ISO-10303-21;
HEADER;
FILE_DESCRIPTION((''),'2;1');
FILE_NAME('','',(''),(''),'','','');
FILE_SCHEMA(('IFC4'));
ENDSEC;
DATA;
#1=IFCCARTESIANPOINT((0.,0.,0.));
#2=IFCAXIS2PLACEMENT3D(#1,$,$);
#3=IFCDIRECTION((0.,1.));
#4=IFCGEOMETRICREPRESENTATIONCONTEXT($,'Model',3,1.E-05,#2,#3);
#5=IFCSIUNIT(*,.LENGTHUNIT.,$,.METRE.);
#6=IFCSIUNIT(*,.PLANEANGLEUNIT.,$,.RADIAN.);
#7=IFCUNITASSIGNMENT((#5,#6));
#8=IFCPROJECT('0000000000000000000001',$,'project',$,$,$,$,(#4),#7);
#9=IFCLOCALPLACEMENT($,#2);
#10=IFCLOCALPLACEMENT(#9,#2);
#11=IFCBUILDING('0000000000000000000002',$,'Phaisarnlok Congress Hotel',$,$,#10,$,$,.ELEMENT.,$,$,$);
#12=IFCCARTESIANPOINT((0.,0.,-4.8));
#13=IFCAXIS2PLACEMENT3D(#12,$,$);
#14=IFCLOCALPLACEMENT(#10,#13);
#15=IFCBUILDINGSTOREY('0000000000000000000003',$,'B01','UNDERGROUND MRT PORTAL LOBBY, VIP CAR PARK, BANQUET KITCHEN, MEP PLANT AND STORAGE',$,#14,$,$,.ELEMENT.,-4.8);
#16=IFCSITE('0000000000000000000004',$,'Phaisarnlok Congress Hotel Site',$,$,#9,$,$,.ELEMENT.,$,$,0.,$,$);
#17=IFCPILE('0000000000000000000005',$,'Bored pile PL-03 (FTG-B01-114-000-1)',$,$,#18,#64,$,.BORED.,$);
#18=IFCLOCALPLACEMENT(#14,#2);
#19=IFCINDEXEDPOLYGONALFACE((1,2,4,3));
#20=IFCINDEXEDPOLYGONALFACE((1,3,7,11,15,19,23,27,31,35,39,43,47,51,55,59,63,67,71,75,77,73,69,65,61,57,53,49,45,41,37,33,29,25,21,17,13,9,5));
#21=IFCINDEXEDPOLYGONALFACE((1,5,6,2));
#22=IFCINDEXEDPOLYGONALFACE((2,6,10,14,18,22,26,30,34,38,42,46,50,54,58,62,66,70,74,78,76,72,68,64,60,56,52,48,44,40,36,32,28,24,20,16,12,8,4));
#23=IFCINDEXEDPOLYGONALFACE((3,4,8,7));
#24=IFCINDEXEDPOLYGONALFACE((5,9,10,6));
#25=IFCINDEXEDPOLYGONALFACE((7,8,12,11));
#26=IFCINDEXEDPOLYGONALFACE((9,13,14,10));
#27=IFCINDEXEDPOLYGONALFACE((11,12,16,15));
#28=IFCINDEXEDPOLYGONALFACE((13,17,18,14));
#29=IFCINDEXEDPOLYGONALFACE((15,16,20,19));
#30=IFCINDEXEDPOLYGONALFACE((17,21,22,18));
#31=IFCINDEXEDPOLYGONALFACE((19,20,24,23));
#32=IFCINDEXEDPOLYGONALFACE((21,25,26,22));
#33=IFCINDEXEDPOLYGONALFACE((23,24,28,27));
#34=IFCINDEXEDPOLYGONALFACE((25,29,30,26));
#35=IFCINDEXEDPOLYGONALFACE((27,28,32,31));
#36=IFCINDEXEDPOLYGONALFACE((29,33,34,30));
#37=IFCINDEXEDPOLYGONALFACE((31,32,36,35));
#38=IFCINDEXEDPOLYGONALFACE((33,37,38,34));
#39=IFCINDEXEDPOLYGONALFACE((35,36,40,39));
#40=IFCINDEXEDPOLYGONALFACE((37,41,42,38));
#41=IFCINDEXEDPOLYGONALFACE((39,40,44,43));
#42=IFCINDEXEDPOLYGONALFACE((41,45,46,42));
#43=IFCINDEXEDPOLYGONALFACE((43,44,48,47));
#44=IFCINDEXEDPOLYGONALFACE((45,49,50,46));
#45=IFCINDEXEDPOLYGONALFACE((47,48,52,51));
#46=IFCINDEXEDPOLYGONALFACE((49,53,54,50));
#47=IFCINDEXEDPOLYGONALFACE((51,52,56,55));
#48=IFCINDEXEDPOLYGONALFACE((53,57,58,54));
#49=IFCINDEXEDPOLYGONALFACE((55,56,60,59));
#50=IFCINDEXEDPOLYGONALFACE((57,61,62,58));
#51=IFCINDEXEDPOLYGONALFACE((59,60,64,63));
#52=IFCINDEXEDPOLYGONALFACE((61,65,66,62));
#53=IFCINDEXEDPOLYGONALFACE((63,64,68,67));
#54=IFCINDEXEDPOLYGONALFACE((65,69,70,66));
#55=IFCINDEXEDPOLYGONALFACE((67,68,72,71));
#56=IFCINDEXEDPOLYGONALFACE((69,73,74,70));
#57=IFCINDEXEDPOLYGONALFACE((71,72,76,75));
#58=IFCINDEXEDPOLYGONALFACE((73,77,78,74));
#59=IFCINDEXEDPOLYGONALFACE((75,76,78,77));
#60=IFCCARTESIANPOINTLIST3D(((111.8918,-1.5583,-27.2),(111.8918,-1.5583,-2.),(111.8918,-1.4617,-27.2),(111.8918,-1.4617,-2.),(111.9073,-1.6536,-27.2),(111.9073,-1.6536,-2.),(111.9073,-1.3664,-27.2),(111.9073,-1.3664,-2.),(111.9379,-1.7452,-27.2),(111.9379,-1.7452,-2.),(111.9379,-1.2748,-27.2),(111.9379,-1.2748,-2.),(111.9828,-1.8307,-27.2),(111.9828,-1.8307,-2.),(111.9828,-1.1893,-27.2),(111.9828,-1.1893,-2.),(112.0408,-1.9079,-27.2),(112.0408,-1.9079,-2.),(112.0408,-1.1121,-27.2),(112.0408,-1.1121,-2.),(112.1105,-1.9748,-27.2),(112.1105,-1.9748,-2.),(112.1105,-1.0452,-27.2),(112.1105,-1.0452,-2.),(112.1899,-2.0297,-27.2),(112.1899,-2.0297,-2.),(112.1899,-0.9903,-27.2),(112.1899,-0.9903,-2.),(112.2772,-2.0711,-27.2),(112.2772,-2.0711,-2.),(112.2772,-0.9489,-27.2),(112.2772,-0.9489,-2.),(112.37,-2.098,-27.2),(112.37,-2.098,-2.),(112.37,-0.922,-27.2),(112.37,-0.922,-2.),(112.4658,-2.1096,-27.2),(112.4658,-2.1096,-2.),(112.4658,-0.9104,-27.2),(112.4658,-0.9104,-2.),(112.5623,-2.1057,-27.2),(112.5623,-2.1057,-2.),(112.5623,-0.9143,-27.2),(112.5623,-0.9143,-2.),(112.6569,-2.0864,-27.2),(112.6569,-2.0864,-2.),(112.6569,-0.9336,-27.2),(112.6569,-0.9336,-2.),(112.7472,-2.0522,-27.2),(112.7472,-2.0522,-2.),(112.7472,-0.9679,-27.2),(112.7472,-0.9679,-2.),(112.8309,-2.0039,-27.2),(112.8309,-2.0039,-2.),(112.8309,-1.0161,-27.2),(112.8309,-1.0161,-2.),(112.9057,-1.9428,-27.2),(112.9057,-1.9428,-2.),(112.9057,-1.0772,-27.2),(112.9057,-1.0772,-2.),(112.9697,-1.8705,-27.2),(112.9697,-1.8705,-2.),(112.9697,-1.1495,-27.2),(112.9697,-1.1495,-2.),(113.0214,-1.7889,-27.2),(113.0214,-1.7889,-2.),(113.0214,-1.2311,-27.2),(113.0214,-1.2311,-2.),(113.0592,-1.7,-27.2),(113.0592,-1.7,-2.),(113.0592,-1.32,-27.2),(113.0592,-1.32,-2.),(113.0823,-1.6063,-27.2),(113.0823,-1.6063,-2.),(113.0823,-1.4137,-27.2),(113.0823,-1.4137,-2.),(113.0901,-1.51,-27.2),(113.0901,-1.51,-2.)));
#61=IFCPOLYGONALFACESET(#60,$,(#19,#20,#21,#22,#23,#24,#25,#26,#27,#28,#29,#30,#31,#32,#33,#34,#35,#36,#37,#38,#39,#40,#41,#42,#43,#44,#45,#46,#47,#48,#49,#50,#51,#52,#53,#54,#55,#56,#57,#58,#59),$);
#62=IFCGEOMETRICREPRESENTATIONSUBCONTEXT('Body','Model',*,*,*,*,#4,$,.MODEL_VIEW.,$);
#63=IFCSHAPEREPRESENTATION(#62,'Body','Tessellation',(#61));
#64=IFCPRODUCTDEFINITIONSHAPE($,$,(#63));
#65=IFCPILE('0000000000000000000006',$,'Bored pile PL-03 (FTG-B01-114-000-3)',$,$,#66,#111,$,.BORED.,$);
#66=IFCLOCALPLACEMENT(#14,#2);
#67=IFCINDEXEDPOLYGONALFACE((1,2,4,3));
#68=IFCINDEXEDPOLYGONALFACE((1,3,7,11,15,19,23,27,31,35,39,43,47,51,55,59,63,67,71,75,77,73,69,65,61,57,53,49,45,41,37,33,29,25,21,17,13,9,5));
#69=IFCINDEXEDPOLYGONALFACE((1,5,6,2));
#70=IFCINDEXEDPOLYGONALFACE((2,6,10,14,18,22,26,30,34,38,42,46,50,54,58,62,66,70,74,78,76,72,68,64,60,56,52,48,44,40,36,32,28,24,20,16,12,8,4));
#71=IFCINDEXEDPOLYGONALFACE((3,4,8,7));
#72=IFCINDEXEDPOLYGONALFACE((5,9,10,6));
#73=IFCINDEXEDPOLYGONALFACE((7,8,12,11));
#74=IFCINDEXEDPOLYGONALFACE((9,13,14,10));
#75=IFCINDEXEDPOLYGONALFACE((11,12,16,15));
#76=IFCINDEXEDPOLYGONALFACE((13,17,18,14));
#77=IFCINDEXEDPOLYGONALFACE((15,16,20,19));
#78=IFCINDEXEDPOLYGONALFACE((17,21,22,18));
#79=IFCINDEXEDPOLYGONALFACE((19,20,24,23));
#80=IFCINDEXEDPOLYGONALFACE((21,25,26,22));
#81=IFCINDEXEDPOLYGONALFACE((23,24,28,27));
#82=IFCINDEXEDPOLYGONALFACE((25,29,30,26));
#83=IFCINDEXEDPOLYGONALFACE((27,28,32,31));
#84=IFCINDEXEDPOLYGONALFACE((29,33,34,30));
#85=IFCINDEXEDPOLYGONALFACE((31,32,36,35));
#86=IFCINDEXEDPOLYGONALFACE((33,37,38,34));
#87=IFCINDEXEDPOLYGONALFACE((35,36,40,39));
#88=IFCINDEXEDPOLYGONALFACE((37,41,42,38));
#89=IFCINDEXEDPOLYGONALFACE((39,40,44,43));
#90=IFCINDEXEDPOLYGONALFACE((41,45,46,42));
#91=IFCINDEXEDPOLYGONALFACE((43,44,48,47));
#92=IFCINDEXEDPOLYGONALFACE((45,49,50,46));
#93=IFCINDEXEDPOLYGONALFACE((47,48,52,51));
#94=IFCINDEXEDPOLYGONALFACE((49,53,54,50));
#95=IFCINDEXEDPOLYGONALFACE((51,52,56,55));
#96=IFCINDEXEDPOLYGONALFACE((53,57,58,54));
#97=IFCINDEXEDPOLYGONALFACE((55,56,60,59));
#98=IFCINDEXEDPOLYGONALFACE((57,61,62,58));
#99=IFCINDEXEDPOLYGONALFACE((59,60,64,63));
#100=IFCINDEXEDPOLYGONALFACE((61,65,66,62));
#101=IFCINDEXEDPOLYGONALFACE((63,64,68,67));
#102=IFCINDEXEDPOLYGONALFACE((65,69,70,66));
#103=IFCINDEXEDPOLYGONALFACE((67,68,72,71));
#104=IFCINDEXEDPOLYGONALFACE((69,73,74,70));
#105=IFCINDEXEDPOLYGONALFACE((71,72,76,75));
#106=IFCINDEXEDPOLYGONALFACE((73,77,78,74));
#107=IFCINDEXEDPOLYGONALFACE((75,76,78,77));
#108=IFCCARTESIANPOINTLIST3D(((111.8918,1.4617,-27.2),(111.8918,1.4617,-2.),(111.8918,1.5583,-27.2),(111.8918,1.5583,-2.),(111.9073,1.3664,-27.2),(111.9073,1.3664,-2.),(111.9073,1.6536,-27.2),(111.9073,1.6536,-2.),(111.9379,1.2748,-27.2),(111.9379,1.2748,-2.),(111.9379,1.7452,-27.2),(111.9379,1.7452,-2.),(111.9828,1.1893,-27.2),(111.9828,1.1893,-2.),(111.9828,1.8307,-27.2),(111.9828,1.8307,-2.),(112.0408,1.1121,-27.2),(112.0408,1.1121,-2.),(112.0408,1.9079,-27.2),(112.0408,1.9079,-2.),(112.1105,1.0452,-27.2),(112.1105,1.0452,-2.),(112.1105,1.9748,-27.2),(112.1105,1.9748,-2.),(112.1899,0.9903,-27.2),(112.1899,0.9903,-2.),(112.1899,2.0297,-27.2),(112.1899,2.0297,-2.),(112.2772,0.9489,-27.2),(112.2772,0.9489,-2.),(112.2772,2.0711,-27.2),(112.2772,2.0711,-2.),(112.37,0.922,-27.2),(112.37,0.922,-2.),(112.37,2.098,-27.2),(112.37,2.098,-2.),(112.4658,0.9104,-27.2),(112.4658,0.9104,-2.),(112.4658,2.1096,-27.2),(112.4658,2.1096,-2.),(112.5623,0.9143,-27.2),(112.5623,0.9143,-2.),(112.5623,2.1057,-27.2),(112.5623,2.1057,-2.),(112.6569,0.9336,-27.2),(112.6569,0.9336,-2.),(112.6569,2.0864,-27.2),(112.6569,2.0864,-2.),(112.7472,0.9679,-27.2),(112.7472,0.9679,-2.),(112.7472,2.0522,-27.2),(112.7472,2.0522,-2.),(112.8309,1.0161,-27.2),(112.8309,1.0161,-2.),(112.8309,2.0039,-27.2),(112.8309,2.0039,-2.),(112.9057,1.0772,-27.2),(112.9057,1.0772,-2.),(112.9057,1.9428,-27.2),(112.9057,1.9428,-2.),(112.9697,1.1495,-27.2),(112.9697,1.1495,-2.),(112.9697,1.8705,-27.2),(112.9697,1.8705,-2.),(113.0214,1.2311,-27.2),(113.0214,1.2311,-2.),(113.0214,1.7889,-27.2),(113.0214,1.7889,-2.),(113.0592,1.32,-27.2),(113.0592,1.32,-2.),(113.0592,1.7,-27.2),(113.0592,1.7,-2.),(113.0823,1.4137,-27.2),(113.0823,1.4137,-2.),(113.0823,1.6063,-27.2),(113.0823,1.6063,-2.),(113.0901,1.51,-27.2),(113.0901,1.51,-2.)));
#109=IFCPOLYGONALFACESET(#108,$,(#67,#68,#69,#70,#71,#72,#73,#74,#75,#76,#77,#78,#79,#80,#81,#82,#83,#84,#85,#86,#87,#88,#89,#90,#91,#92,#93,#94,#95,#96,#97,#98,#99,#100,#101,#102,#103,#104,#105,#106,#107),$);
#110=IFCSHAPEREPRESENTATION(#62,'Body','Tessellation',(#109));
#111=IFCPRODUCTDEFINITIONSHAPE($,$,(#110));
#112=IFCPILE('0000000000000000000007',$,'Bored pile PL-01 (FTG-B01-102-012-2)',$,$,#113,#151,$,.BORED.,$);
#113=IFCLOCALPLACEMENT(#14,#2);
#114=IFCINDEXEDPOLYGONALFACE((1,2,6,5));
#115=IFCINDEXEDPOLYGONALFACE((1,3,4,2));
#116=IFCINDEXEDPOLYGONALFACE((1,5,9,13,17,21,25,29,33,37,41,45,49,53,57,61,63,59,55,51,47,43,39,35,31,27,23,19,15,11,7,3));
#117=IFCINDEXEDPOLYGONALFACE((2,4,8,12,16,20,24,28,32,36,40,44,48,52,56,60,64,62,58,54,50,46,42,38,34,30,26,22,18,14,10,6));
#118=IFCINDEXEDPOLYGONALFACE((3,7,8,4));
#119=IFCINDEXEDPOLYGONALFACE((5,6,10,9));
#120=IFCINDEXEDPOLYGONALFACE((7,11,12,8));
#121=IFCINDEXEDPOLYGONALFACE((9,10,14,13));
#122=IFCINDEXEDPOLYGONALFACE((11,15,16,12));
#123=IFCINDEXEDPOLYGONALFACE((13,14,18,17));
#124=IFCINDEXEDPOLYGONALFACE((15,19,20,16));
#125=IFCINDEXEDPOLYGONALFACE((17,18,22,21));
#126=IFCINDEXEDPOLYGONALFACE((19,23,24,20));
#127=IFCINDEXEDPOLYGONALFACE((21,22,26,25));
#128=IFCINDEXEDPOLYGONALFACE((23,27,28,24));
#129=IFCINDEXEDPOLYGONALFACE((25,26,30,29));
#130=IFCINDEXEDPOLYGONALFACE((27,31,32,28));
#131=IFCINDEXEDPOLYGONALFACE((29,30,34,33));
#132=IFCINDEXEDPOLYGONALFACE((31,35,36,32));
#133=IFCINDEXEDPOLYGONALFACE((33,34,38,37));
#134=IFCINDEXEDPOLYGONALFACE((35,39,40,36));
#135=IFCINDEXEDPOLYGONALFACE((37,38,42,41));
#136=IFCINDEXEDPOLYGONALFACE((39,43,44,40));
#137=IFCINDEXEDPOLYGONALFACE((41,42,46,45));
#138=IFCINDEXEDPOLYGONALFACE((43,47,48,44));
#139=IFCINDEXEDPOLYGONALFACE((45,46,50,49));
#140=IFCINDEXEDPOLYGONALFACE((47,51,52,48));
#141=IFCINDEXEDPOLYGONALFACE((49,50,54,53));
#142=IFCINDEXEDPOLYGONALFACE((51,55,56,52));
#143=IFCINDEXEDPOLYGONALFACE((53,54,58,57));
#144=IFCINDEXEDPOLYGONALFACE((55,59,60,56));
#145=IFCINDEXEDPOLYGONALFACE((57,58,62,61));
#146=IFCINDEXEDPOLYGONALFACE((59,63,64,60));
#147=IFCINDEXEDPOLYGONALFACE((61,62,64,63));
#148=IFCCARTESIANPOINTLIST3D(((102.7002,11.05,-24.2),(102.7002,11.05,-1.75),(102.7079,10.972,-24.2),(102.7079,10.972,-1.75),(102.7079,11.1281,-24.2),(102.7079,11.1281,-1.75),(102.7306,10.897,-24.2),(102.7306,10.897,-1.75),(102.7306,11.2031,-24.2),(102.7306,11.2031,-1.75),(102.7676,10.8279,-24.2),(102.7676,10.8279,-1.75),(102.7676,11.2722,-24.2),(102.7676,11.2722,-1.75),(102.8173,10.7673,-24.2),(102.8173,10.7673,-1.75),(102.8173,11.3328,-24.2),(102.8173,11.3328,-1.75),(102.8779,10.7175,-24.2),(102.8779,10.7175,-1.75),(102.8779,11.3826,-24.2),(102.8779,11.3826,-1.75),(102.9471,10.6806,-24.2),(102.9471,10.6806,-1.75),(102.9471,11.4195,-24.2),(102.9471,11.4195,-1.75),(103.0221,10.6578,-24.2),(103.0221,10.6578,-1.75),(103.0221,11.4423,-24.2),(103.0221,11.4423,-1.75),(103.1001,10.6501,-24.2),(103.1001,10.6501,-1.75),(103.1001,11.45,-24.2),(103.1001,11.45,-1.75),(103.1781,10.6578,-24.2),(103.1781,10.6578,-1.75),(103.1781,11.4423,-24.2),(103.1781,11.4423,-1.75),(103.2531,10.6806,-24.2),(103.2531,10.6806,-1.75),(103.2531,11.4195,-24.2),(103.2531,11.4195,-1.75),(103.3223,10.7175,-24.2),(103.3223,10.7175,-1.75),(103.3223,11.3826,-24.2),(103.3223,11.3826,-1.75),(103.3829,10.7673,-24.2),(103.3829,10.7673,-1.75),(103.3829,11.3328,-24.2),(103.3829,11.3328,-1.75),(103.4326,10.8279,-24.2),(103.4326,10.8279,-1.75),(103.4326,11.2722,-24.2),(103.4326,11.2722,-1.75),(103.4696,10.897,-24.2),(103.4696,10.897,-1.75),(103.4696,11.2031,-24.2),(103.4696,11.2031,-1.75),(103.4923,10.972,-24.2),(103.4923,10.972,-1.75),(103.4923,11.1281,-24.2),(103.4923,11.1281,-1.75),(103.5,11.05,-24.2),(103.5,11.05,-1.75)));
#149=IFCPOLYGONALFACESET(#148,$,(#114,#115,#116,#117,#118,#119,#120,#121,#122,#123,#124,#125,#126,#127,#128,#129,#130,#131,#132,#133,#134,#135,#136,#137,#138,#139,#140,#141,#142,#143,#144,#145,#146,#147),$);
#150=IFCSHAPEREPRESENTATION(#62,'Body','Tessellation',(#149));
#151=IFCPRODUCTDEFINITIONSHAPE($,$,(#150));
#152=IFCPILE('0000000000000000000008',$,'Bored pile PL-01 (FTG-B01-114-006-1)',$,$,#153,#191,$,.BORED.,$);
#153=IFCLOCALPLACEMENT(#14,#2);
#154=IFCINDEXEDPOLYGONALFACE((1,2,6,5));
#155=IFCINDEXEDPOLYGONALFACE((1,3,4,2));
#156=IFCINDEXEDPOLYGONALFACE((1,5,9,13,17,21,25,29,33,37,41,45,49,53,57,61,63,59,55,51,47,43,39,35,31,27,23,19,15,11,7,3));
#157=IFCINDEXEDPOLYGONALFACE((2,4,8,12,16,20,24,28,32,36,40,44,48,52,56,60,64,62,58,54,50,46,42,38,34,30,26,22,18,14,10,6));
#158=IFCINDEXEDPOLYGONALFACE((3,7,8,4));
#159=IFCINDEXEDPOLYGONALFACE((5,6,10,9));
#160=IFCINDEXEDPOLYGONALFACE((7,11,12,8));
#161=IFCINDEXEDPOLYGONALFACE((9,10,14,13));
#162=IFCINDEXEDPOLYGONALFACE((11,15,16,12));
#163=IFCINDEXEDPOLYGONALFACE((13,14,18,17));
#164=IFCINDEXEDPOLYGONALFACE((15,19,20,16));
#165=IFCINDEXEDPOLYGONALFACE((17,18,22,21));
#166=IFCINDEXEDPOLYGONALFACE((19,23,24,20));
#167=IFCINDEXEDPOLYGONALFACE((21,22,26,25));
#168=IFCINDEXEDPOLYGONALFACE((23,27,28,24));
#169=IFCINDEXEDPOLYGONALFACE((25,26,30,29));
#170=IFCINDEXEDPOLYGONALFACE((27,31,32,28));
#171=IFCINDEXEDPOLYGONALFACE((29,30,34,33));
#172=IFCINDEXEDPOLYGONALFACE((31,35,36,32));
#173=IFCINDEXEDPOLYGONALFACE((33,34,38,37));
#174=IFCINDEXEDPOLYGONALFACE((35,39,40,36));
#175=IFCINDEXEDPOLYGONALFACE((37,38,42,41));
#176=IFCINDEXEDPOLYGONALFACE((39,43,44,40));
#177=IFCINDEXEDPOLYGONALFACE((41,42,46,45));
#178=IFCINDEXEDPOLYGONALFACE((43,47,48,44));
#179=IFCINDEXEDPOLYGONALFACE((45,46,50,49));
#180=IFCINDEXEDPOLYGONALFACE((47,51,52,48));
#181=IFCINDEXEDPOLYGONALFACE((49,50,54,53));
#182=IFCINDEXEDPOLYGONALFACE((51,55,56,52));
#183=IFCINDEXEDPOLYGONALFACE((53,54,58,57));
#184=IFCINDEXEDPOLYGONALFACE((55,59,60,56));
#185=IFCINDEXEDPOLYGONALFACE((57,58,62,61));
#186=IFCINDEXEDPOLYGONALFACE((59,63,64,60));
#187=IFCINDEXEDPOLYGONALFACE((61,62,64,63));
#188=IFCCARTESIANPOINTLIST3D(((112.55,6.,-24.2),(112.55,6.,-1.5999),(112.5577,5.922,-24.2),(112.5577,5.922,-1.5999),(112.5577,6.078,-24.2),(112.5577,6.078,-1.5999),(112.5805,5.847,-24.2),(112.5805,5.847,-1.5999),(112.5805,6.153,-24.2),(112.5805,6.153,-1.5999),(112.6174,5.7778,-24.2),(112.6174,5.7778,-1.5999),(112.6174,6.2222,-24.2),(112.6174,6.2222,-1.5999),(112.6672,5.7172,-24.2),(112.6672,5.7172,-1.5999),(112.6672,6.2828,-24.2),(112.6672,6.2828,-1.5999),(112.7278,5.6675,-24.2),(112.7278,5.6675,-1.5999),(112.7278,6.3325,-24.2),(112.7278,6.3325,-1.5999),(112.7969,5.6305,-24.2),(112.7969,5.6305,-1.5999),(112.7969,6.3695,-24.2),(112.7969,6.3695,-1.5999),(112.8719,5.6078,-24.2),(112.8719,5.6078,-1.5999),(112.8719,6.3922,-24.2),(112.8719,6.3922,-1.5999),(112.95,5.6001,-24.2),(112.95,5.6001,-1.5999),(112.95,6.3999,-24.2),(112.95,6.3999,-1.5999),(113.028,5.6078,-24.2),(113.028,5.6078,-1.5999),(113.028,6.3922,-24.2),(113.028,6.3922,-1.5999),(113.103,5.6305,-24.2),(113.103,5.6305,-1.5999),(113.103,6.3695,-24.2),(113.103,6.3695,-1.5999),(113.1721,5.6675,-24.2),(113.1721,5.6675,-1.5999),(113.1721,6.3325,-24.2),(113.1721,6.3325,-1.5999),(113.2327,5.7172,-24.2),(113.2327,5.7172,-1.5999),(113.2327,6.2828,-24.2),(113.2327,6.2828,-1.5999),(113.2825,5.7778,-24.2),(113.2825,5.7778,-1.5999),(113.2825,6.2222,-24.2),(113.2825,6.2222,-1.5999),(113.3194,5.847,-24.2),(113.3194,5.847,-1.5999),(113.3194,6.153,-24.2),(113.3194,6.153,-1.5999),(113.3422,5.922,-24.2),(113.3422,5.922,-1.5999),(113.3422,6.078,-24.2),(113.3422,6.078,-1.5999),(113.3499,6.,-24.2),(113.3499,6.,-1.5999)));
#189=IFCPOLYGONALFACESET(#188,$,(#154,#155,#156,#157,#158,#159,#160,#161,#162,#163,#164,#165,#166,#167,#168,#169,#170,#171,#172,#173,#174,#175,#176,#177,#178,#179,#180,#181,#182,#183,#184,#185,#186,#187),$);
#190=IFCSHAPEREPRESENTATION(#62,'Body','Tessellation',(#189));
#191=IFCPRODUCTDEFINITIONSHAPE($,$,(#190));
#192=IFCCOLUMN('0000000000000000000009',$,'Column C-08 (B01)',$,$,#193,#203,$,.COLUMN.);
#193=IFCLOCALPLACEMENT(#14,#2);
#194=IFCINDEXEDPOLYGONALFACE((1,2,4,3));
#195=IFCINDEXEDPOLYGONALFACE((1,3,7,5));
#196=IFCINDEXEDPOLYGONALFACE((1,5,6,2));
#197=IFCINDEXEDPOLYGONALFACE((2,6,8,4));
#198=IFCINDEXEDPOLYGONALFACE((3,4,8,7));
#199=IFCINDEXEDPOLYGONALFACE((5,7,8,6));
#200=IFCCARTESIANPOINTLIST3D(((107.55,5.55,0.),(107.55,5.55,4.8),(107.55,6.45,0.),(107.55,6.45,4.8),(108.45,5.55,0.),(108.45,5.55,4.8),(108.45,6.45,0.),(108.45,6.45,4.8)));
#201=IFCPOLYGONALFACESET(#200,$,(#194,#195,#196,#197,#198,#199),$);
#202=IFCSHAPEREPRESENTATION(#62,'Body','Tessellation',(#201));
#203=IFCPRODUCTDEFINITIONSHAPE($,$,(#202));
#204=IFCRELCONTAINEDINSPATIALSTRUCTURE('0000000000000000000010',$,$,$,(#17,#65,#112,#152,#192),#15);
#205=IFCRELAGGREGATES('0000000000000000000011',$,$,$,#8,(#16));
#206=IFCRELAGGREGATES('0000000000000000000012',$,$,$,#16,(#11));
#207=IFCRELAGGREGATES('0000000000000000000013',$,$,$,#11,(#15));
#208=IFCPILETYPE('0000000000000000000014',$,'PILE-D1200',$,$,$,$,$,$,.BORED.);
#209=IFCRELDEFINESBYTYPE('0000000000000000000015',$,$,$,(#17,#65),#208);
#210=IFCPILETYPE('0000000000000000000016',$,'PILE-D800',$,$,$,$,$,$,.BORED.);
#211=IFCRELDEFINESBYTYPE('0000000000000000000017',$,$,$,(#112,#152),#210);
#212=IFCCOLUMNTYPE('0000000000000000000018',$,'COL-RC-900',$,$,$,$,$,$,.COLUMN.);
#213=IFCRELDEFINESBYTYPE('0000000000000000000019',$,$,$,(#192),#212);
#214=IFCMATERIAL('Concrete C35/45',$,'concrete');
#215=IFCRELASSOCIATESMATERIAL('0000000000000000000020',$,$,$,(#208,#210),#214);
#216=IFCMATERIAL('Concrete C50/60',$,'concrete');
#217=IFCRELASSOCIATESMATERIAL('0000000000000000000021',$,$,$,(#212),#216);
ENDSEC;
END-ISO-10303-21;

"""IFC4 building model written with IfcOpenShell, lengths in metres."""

from ifc_helpers import new_model, si_unit, direction, frame, origin, origin_2d, place, context, subcontext, project, spatial, rectangle, circle, extrude, material, material_profile, profile_set, type_object, element, save


model = new_model("IFC4")

# Units and contexts
model_context = context("Model", 3, precision=1e-05, world=origin(), true_north=direction((0.0, 1.0)))
body_context = subcontext(model_context, "Body", "Model", "MODEL_VIEW")
ifc_project = project(units=[si_unit("LENGTHUNIT", "METRE"), si_unit("PLANEANGLEUNIT", "RADIAN")], contexts=[model_context])

# Site, building, storey
site_placement = place(None, origin())
site = spatial("IfcSite", under=ifc_project, at=site_placement, Name="Phaisarnlok Congress Hotel Site", CompositionType="ELEMENT", RefElevation=0.0)
building_placement = place(site_placement, origin())
building = spatial("IfcBuilding", under=site, at=building_placement, Name="Phaisarnlok Congress Hotel", CompositionType="ELEMENT")
storey_placement = place(building_placement, frame((0.0, 0.0, -4.8)))
storey = spatial("IfcBuildingStorey", under=building, at=storey_placement, Name="B01", Description="UNDERGROUND MRT PORTAL LOBBY, VIP CAR PARK, BANQUET KITCHEN, MEP PLANT AND STORAGE", CompositionType="ELEMENT", Elevation=-4.8)

# Piles
ifc_material_1 = material(Name="Concrete C35/45", Category="concrete")
ifc_material_profile_1 = material_profile(ifc_material_1, circle(Radius=0.6001, at=origin_2d()), Name="BORED PILE D1200")
ifc_profile_set_1 = profile_set([ifc_material_profile_1], Name="Concrete C35/45")
pile_type_1 = type_object("IfcPileType", Name="PILE-D1200", PredefinedType="BORED", material=ifc_profile_set_1)
for number, where, z_axis, x_axis, name in (
    (1, (112.49, -1.51, -2.0), (0.0, 0.0, -1.0), (1.0, 0.0, 0.0), "Bored pile PL-03 (FTG-B01-114-000-1)"),
    (2, (112.49, 1.51, -2.0), (0.0, 0.0, -1.0), (1.0, 0.0, 0.0), "Bored pile PL-03 (FTG-B01-114-000-3)"),
):
    element("IfcPile", number, at=place(storey_placement, frame(where, z_axis=z_axis, x_axis=x_axis)), inside=storey, type_object=pile_type_1, Name=name, PredefinedType="BORED", context=body_context, shape_type="SweptSolid", body=[
        extrude(circle(Radius=0.6001, at=origin_2d()), origin(), (0.0, 0.0, 1.0), 25.2),
    ])
ifc_material_profile_2 = material_profile(ifc_material_1, circle(Radius=0.3999, at=origin_2d()), Name="BORED PILE D800")
ifc_profile_set_2 = profile_set([ifc_material_profile_2], Name="Concrete C35/45")
pile_type_2 = type_object("IfcPileType", Name="PILE-D800", PredefinedType="BORED", material=ifc_profile_set_2)
pile_1_placement = place(storey_placement, frame((103.1001, 11.05, -1.75), z_axis=(0.0, 0.0, -1.0), x_axis=(1.0, 0.0, 0.0)))
element("IfcPile", 3, at=pile_1_placement, inside=storey, type_object=pile_type_2, Name="Bored pile PL-01 (FTG-B01-102-012-2)", PredefinedType="BORED", context=body_context, shape_type="SweptSolid", body=[
    extrude(circle(Radius=0.3999, at=origin_2d()), origin(), (0.0, 0.0, 1.0), 22.45),
])
pile_2_placement = place(storey_placement, frame((112.95, 6.0, -1.5999), z_axis=(0.0, 0.0, -1.0), x_axis=(1.0, 0.0, 0.0)))
element("IfcPile", 4, at=pile_2_placement, inside=storey, type_object=pile_type_2, Name="Bored pile PL-01 (FTG-B01-114-006-1)", PredefinedType="BORED", context=body_context, shape_type="SweptSolid", body=[
    extrude(circle(Radius=0.3999, at=origin_2d()), origin(), (0.0, 0.0, 1.0), 22.6001),
])

# Column
ifc_material_2 = material(Name="Concrete C50/60", Category="concrete")
ifc_material_profile_3 = material_profile(ifc_material_2, rectangle(XDim=0.8999, YDim=0.8999, at=origin_2d()), Name="RC 900x900")
ifc_profile_set_3 = profile_set([ifc_material_profile_3], Name="Concrete C50/60")
column_type_1 = type_object("IfcColumnType", Name="COL-RC-900", PredefinedType="COLUMN", material=ifc_profile_set_3)
for number, where, z_axis, x_axis, name in (
    (5, (108.0, 6.0, 0.0), (0.0, 0.0, 1.0), (1.0, 0.0, 0.0), "Column C-08 (B01)"),
):
    element("IfcColumn", number, at=place(storey_placement, frame(where, z_axis=z_axis, x_axis=x_axis)), inside=storey, type_object=column_type_1, Name=name, PredefinedType="COLUMN", context=body_context, shape_type="SweptSolid", body=[
        extrude(rectangle(XDim=0.8999, YDim=0.8999, at=origin_2d()), origin(), (0.0, 0.0, 1.0), 4.8),
    ])

save(model, "model.ifc")
